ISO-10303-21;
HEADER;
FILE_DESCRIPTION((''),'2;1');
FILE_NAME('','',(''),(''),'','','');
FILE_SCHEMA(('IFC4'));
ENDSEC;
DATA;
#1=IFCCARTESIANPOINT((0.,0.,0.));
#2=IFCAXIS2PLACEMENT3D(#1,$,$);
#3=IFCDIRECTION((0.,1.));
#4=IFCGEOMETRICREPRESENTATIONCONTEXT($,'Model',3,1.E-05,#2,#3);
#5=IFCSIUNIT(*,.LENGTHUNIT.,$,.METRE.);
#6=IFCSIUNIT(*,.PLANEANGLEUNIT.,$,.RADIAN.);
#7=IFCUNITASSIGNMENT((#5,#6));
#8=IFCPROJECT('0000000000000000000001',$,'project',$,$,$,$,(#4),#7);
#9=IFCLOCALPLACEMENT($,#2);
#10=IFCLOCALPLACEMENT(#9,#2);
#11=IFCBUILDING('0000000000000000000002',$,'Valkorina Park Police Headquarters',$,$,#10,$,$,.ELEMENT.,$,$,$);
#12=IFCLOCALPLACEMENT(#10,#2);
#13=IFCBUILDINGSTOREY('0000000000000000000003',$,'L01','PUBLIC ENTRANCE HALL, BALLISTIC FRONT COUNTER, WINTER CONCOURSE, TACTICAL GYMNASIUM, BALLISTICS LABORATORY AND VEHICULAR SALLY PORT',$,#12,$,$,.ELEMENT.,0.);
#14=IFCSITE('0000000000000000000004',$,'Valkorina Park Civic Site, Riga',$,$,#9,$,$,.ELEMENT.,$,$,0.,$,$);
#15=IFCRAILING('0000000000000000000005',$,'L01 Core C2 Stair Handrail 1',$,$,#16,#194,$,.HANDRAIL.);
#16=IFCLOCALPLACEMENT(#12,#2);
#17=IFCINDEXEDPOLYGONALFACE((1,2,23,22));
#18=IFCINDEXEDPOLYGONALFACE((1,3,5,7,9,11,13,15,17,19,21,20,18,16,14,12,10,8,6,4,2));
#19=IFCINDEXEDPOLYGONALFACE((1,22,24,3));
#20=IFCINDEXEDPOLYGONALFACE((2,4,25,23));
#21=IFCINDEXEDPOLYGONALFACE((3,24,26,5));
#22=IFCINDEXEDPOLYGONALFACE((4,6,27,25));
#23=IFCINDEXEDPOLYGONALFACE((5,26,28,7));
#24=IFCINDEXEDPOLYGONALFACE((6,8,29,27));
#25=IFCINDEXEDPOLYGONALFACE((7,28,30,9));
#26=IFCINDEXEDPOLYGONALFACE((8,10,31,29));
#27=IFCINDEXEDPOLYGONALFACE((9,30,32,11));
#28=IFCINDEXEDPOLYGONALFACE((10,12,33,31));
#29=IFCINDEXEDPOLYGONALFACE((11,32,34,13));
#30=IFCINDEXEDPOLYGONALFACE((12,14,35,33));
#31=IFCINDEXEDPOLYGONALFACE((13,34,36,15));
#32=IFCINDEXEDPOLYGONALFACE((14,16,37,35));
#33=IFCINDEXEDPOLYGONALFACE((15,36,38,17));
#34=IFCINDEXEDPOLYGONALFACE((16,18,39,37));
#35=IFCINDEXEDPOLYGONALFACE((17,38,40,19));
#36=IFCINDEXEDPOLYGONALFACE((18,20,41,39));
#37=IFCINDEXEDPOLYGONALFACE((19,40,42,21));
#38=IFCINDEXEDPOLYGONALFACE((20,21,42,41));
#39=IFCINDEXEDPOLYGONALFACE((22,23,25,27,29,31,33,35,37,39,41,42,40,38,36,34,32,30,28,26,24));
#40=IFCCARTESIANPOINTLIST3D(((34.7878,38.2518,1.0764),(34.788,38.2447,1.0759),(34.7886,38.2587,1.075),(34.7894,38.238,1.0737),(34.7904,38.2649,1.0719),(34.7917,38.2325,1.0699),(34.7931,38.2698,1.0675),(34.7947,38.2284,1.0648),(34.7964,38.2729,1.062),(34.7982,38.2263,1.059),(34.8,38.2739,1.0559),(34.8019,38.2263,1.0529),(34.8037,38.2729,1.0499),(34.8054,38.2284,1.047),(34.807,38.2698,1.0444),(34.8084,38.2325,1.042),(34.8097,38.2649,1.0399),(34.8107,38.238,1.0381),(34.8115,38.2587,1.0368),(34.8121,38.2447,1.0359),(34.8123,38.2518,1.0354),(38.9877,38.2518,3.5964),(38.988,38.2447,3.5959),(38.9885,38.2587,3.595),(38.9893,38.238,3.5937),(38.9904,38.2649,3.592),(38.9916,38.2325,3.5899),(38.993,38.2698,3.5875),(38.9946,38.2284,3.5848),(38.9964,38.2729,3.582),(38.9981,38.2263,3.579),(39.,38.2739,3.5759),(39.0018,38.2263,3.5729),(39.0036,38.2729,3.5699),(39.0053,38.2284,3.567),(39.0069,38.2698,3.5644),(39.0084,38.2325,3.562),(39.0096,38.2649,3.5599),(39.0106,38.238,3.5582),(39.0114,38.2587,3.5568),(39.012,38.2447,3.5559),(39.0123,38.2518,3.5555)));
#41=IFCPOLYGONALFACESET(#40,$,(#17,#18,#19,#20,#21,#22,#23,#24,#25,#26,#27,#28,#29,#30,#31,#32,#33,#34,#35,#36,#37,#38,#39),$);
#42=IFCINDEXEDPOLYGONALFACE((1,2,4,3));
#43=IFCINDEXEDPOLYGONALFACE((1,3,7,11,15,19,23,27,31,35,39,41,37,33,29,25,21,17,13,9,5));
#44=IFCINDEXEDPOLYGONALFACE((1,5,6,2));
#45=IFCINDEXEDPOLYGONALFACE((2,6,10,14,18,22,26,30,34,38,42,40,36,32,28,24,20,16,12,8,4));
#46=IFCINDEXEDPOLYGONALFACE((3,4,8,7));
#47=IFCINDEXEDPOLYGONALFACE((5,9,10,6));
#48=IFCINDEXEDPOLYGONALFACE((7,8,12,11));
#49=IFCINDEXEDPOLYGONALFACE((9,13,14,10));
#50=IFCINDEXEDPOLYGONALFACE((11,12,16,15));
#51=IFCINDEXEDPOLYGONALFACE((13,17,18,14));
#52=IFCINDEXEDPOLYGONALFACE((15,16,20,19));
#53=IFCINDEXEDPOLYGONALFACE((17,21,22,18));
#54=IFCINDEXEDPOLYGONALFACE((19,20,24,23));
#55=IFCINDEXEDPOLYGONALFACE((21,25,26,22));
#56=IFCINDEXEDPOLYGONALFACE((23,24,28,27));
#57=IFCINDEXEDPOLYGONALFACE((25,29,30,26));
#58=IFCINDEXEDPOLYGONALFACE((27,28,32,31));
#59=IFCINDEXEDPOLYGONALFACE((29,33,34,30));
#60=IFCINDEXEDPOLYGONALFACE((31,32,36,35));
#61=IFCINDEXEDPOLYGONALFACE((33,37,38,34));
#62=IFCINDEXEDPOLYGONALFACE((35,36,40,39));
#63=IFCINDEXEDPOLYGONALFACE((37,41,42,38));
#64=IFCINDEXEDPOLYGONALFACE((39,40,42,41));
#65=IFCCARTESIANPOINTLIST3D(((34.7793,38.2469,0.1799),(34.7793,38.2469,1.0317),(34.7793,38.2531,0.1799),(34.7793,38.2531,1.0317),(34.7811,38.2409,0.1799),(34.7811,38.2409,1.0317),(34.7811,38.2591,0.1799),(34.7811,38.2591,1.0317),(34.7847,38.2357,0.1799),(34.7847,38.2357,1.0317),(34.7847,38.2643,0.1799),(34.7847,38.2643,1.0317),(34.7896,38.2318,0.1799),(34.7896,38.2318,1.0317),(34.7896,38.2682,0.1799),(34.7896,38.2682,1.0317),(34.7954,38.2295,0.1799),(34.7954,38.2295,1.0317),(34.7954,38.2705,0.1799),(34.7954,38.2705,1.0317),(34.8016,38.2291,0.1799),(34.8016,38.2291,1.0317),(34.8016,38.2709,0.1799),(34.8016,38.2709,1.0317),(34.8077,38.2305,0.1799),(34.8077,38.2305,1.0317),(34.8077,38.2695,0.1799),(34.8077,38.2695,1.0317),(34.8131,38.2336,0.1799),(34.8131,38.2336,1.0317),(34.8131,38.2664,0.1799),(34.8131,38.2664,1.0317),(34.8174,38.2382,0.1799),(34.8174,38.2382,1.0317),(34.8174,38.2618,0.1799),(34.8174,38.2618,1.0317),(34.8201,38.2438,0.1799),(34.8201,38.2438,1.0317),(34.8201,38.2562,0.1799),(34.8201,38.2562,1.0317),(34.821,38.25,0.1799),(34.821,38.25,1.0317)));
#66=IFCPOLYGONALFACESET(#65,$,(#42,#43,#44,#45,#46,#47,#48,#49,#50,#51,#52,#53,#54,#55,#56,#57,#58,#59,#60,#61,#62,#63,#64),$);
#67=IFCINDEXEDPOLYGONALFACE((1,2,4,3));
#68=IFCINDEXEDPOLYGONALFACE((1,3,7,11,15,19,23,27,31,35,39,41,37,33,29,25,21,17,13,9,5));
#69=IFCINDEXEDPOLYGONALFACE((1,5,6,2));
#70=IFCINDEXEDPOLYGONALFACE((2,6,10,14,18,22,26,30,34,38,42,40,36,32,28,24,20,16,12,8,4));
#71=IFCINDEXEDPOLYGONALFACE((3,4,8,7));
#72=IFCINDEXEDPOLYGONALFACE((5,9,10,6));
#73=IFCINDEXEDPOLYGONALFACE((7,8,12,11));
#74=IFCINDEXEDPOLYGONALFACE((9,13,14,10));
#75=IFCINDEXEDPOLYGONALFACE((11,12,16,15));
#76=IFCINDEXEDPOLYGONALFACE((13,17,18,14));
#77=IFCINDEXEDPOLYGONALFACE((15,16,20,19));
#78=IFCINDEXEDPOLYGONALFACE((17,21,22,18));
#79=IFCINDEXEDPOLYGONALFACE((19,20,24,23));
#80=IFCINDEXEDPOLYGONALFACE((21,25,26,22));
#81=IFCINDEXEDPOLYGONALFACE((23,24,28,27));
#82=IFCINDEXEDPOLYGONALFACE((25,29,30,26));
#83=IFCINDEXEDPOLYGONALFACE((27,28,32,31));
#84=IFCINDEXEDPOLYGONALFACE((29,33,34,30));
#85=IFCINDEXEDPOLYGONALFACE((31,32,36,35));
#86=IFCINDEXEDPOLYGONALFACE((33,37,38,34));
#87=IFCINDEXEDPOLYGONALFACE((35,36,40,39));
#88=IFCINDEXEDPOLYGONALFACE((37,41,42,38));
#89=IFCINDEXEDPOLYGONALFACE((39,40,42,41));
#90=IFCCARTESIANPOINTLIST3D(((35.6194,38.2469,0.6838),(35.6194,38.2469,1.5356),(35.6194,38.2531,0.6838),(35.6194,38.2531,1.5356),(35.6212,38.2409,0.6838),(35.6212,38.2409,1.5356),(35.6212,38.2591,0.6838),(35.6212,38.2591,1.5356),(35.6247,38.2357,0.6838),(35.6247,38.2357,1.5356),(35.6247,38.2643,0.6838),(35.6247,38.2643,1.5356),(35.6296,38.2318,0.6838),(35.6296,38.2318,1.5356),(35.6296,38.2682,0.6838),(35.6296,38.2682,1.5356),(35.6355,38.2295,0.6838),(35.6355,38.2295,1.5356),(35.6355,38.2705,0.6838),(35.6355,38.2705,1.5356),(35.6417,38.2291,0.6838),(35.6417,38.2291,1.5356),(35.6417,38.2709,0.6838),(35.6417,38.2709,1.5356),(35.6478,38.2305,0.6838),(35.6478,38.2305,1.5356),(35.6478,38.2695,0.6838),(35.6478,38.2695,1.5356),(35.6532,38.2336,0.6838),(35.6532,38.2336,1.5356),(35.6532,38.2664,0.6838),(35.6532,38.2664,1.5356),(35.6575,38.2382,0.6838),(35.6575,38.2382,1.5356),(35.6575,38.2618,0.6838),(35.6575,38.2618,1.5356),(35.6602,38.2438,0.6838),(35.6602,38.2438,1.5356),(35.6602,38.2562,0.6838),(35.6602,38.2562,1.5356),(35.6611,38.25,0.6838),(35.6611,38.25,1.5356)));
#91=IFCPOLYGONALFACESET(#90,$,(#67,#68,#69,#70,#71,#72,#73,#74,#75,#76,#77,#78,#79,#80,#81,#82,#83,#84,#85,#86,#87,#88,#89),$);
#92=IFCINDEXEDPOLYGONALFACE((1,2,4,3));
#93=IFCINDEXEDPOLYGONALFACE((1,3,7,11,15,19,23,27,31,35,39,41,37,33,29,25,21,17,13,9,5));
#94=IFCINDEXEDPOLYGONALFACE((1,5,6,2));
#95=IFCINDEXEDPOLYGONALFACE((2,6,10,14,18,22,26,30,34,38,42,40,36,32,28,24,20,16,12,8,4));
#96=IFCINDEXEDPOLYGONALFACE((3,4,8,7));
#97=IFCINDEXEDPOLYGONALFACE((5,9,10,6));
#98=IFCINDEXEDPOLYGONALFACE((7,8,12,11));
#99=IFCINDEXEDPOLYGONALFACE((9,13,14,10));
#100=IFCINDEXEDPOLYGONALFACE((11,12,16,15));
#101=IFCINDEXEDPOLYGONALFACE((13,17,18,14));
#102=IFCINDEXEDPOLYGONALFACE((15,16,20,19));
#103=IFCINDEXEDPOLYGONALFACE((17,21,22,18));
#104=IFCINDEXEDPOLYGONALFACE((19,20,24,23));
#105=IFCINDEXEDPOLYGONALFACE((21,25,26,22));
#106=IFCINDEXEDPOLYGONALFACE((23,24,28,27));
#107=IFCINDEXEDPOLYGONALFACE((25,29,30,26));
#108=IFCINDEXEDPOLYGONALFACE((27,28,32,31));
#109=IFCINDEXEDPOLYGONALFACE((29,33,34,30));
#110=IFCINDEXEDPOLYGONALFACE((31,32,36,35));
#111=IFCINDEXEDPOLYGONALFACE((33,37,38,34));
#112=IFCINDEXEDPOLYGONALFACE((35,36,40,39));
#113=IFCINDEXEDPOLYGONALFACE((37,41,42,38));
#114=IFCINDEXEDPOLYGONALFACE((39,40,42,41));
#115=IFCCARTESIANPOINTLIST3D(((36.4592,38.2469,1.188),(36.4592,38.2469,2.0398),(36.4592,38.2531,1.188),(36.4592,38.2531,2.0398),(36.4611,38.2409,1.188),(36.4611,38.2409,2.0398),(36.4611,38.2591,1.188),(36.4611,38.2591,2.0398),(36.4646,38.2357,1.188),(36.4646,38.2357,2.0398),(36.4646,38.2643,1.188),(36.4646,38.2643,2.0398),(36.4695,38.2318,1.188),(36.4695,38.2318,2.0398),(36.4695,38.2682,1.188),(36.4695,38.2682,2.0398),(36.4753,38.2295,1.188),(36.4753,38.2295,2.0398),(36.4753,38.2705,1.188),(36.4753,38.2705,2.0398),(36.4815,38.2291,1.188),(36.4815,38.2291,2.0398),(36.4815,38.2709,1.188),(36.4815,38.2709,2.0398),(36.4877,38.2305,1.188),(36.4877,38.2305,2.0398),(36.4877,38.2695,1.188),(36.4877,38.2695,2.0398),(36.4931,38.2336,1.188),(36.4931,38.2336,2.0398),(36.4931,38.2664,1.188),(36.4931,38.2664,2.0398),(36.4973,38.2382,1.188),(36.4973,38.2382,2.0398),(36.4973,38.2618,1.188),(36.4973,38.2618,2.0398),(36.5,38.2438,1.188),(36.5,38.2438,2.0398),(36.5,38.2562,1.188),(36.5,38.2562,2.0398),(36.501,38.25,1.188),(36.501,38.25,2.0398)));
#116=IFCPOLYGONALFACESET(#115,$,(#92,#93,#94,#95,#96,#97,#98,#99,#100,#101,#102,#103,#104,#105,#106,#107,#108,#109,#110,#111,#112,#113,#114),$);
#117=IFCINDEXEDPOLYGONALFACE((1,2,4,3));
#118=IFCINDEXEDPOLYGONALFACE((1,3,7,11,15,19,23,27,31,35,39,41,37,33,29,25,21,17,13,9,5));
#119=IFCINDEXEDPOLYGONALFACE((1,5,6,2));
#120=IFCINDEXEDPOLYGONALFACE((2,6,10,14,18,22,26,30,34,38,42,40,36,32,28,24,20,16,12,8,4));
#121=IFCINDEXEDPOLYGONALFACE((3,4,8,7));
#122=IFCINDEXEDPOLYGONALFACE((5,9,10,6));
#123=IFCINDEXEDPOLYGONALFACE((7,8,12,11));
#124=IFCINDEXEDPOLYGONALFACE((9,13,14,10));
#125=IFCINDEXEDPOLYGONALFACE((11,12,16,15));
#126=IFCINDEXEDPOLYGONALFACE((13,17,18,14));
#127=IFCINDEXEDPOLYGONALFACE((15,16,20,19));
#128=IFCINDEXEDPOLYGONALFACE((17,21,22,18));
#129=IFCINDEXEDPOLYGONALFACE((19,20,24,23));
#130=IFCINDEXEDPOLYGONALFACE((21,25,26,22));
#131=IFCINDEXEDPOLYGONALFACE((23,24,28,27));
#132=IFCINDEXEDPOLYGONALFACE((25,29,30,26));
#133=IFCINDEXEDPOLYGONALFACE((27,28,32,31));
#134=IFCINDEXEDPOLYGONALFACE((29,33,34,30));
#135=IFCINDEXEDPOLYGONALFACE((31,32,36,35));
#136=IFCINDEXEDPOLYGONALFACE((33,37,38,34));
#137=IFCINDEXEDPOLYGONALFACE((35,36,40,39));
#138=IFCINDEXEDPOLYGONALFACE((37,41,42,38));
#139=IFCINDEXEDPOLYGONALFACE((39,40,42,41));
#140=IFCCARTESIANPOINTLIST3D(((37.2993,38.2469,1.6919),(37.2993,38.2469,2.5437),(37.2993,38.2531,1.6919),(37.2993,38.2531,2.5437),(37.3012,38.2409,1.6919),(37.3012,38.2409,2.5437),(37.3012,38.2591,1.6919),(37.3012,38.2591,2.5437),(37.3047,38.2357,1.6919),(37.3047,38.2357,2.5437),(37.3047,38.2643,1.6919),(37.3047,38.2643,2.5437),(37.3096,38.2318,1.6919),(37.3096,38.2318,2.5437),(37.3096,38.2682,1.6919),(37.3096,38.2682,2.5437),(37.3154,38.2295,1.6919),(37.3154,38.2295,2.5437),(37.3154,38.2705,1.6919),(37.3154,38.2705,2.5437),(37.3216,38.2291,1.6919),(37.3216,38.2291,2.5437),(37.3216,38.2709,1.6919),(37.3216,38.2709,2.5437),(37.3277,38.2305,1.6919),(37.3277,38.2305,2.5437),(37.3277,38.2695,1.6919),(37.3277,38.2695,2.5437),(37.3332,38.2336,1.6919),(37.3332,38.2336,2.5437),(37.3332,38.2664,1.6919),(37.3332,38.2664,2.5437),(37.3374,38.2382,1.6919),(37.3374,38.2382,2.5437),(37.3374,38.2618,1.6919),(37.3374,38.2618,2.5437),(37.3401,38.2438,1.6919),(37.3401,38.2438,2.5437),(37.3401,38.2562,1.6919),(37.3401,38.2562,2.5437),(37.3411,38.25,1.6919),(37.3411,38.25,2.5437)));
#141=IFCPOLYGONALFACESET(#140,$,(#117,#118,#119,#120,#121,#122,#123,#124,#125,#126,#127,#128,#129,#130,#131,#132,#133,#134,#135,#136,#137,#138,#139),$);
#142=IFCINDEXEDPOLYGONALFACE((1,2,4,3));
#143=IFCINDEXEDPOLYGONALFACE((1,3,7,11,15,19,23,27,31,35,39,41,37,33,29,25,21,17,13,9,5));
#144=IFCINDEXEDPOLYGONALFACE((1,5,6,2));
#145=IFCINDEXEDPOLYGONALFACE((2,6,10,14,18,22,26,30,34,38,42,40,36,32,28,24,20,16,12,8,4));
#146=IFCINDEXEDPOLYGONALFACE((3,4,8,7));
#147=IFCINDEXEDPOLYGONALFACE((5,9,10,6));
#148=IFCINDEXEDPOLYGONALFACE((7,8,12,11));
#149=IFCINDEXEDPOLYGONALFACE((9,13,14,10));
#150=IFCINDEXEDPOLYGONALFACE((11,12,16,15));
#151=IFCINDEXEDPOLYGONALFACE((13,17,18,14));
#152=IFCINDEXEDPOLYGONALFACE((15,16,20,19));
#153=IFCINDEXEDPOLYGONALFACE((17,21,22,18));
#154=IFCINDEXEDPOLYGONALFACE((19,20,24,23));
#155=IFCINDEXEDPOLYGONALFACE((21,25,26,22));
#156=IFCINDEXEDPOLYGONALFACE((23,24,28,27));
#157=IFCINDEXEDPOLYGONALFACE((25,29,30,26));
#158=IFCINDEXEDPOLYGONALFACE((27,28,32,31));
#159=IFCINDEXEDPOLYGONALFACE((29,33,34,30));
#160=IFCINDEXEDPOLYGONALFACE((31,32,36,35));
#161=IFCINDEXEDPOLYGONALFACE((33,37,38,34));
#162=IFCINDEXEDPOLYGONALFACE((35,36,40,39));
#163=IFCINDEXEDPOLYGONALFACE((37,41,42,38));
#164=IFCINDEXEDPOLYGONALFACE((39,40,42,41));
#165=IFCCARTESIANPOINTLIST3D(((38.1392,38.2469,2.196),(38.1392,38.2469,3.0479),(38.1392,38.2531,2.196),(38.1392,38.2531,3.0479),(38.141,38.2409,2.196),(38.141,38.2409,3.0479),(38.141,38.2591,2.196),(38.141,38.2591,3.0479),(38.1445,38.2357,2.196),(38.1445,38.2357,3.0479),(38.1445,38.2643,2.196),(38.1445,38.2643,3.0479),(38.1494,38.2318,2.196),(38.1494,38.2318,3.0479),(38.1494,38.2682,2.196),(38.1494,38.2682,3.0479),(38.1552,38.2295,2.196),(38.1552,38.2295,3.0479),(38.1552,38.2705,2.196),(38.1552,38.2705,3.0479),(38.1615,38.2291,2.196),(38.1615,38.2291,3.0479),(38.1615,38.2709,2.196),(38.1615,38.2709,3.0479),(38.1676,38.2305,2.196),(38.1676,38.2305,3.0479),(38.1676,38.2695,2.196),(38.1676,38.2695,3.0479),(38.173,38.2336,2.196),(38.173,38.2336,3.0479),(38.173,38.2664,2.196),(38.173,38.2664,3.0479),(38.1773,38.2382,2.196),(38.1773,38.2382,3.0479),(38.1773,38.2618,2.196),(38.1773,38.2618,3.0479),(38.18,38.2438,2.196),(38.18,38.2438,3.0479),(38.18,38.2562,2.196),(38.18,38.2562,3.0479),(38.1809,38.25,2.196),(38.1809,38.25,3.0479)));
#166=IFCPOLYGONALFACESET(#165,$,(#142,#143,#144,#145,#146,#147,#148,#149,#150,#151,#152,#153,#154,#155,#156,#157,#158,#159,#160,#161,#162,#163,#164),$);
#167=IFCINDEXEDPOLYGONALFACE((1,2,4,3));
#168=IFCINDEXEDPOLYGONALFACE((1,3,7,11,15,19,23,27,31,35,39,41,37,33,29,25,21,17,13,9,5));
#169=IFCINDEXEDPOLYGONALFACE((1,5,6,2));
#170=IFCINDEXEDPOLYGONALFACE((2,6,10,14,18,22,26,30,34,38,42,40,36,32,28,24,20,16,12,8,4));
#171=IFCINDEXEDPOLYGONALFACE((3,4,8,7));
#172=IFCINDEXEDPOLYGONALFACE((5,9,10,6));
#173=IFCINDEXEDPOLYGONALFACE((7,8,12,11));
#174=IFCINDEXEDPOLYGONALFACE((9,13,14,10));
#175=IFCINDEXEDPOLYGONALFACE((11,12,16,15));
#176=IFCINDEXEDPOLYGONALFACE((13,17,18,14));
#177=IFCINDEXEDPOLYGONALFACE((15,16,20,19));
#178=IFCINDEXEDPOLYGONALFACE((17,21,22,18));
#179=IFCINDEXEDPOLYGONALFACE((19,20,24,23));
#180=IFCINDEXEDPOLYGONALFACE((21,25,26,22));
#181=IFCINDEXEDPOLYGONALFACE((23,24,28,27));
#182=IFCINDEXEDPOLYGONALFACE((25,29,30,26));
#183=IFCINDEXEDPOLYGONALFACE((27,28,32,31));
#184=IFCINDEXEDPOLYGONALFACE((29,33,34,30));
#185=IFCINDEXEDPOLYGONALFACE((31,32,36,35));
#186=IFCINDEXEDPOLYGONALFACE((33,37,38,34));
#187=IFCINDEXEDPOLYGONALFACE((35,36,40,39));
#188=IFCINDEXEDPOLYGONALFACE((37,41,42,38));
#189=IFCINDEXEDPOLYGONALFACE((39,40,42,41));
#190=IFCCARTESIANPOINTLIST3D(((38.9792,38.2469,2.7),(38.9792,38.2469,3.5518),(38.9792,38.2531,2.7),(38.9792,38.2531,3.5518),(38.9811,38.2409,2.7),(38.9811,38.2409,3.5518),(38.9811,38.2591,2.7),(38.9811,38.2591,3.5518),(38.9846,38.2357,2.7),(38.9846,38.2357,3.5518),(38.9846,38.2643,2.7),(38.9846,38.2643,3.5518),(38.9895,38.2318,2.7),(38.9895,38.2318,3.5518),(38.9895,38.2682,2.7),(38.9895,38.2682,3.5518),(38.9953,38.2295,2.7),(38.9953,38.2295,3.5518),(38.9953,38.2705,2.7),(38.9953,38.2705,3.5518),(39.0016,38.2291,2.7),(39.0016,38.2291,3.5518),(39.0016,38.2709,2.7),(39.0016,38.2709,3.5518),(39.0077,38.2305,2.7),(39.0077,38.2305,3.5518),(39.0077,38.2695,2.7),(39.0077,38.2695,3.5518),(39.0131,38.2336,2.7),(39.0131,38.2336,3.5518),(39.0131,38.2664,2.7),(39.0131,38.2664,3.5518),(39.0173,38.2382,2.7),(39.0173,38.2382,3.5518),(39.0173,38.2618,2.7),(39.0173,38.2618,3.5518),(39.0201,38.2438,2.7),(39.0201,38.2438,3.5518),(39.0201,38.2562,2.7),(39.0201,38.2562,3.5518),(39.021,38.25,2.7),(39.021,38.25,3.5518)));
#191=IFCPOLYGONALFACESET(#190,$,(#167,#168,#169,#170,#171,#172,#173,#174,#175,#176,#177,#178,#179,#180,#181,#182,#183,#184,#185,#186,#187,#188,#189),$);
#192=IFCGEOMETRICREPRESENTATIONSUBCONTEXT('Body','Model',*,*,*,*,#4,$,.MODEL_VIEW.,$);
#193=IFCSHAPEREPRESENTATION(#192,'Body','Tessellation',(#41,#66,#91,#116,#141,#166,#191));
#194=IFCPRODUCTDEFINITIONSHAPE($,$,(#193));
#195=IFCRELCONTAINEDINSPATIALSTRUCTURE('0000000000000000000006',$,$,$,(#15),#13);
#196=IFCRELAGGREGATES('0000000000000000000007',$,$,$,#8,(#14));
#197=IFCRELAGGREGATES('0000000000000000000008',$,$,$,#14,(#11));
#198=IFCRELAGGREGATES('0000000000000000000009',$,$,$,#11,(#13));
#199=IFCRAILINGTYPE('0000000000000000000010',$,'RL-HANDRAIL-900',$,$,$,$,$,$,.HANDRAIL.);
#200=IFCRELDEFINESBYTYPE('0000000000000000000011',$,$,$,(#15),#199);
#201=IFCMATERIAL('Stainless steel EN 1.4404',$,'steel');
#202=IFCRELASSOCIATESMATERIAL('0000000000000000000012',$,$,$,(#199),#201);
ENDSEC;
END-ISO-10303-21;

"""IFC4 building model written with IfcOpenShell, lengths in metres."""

from ifc_helpers import new_model, si_unit, direction, frame, origin, origin_2d, place, context, subcontext, project, spatial, circle, extrude, material, type_object, element, save


model = new_model("IFC4")

# Units and contexts
model_context = context("Model", 3, precision=1e-05, world=origin(), true_north=direction((0.0, 1.0)))
body_context = subcontext(model_context, "Body", "Model", "MODEL_VIEW")
ifc_project = project(units=[si_unit("LENGTHUNIT", "METRE"), si_unit("PLANEANGLEUNIT", "RADIAN")], contexts=[model_context])

# Site, building, storey
site_placement = place(None, origin())
site = spatial("IfcSite", under=ifc_project, at=site_placement, Name="Valkorina Park Civic Site, Riga", CompositionType="ELEMENT", RefElevation=0.0)
building_placement = place(site_placement, origin())
building = spatial("IfcBuilding", under=site, at=building_placement, Name="Valkorina Park Police Headquarters", CompositionType="ELEMENT")
storey_placement = place(building_placement, origin())
storey = spatial("IfcBuildingStorey", under=building, at=storey_placement, Name="L01", Description="PUBLIC ENTRANCE HALL, BALLISTIC FRONT COUNTER, WINTER CONCOURSE, TACTICAL GYMNASIUM, BALLISTICS LABORATORY AND VEHICULAR SALLY PORT", CompositionType="ELEMENT", Elevation=0.0)

# Shared definitions
ifc_material_1 = material(Name="Stainless steel EN 1.4404", Category="steel")

# Railing
railing_type_1 = type_object("IfcRailingType", Name="RL-HANDRAIL-900", PredefinedType="HANDRAIL", material=ifc_material_1)
railing_1_placement = place(storey_placement, frame((34.8, 38.25, 0.1799)))
element("IfcRailing", 1, at=railing_1_placement, inside=storey, type_object=railing_type_1, Name="L01 Core C2 Stair Handrail 1", PredefinedType="HANDRAIL", context=body_context, shape_type="SweptSolid", body=[
    extrude(circle(Radius=0.0239, at=origin_2d()), frame((0.0, 0.0, 0.876), z_axis=(0.857489, 0.0, 0.514503), x_axis=(0.0, 1.0, 0.0)), (0.0, 0.0, 1.0), 4.8979),
    extrude(circle(Radius=0.021, at=origin_2d()), origin(), (0.0, 0.0, 1.0), 0.8518),
    extrude(circle(Radius=0.021, at=origin_2d()), frame((0.8401, 0.0, 0.5039)), (0.0, 0.0, 1.0), 0.8518),
    extrude(circle(Radius=0.021, at=origin_2d()), frame((1.6799, 0.0, 1.0081)), (0.0, 0.0, 1.0), 0.8518),
    extrude(circle(Radius=0.021, at=origin_2d()), frame((2.52, 0.0, 1.512)), (0.0, 0.0, 1.0), 0.8518),
    extrude(circle(Radius=0.021, at=origin_2d()), frame((3.3599, 0.0, 2.0161)), (0.0, 0.0, 1.0), 0.8518),
    extrude(circle(Radius=0.021, at=origin_2d()), frame((4.2, 0.0, 2.52)), (0.0, 0.0, 1.0), 0.8518),
])

save(model, "model.ifc")
